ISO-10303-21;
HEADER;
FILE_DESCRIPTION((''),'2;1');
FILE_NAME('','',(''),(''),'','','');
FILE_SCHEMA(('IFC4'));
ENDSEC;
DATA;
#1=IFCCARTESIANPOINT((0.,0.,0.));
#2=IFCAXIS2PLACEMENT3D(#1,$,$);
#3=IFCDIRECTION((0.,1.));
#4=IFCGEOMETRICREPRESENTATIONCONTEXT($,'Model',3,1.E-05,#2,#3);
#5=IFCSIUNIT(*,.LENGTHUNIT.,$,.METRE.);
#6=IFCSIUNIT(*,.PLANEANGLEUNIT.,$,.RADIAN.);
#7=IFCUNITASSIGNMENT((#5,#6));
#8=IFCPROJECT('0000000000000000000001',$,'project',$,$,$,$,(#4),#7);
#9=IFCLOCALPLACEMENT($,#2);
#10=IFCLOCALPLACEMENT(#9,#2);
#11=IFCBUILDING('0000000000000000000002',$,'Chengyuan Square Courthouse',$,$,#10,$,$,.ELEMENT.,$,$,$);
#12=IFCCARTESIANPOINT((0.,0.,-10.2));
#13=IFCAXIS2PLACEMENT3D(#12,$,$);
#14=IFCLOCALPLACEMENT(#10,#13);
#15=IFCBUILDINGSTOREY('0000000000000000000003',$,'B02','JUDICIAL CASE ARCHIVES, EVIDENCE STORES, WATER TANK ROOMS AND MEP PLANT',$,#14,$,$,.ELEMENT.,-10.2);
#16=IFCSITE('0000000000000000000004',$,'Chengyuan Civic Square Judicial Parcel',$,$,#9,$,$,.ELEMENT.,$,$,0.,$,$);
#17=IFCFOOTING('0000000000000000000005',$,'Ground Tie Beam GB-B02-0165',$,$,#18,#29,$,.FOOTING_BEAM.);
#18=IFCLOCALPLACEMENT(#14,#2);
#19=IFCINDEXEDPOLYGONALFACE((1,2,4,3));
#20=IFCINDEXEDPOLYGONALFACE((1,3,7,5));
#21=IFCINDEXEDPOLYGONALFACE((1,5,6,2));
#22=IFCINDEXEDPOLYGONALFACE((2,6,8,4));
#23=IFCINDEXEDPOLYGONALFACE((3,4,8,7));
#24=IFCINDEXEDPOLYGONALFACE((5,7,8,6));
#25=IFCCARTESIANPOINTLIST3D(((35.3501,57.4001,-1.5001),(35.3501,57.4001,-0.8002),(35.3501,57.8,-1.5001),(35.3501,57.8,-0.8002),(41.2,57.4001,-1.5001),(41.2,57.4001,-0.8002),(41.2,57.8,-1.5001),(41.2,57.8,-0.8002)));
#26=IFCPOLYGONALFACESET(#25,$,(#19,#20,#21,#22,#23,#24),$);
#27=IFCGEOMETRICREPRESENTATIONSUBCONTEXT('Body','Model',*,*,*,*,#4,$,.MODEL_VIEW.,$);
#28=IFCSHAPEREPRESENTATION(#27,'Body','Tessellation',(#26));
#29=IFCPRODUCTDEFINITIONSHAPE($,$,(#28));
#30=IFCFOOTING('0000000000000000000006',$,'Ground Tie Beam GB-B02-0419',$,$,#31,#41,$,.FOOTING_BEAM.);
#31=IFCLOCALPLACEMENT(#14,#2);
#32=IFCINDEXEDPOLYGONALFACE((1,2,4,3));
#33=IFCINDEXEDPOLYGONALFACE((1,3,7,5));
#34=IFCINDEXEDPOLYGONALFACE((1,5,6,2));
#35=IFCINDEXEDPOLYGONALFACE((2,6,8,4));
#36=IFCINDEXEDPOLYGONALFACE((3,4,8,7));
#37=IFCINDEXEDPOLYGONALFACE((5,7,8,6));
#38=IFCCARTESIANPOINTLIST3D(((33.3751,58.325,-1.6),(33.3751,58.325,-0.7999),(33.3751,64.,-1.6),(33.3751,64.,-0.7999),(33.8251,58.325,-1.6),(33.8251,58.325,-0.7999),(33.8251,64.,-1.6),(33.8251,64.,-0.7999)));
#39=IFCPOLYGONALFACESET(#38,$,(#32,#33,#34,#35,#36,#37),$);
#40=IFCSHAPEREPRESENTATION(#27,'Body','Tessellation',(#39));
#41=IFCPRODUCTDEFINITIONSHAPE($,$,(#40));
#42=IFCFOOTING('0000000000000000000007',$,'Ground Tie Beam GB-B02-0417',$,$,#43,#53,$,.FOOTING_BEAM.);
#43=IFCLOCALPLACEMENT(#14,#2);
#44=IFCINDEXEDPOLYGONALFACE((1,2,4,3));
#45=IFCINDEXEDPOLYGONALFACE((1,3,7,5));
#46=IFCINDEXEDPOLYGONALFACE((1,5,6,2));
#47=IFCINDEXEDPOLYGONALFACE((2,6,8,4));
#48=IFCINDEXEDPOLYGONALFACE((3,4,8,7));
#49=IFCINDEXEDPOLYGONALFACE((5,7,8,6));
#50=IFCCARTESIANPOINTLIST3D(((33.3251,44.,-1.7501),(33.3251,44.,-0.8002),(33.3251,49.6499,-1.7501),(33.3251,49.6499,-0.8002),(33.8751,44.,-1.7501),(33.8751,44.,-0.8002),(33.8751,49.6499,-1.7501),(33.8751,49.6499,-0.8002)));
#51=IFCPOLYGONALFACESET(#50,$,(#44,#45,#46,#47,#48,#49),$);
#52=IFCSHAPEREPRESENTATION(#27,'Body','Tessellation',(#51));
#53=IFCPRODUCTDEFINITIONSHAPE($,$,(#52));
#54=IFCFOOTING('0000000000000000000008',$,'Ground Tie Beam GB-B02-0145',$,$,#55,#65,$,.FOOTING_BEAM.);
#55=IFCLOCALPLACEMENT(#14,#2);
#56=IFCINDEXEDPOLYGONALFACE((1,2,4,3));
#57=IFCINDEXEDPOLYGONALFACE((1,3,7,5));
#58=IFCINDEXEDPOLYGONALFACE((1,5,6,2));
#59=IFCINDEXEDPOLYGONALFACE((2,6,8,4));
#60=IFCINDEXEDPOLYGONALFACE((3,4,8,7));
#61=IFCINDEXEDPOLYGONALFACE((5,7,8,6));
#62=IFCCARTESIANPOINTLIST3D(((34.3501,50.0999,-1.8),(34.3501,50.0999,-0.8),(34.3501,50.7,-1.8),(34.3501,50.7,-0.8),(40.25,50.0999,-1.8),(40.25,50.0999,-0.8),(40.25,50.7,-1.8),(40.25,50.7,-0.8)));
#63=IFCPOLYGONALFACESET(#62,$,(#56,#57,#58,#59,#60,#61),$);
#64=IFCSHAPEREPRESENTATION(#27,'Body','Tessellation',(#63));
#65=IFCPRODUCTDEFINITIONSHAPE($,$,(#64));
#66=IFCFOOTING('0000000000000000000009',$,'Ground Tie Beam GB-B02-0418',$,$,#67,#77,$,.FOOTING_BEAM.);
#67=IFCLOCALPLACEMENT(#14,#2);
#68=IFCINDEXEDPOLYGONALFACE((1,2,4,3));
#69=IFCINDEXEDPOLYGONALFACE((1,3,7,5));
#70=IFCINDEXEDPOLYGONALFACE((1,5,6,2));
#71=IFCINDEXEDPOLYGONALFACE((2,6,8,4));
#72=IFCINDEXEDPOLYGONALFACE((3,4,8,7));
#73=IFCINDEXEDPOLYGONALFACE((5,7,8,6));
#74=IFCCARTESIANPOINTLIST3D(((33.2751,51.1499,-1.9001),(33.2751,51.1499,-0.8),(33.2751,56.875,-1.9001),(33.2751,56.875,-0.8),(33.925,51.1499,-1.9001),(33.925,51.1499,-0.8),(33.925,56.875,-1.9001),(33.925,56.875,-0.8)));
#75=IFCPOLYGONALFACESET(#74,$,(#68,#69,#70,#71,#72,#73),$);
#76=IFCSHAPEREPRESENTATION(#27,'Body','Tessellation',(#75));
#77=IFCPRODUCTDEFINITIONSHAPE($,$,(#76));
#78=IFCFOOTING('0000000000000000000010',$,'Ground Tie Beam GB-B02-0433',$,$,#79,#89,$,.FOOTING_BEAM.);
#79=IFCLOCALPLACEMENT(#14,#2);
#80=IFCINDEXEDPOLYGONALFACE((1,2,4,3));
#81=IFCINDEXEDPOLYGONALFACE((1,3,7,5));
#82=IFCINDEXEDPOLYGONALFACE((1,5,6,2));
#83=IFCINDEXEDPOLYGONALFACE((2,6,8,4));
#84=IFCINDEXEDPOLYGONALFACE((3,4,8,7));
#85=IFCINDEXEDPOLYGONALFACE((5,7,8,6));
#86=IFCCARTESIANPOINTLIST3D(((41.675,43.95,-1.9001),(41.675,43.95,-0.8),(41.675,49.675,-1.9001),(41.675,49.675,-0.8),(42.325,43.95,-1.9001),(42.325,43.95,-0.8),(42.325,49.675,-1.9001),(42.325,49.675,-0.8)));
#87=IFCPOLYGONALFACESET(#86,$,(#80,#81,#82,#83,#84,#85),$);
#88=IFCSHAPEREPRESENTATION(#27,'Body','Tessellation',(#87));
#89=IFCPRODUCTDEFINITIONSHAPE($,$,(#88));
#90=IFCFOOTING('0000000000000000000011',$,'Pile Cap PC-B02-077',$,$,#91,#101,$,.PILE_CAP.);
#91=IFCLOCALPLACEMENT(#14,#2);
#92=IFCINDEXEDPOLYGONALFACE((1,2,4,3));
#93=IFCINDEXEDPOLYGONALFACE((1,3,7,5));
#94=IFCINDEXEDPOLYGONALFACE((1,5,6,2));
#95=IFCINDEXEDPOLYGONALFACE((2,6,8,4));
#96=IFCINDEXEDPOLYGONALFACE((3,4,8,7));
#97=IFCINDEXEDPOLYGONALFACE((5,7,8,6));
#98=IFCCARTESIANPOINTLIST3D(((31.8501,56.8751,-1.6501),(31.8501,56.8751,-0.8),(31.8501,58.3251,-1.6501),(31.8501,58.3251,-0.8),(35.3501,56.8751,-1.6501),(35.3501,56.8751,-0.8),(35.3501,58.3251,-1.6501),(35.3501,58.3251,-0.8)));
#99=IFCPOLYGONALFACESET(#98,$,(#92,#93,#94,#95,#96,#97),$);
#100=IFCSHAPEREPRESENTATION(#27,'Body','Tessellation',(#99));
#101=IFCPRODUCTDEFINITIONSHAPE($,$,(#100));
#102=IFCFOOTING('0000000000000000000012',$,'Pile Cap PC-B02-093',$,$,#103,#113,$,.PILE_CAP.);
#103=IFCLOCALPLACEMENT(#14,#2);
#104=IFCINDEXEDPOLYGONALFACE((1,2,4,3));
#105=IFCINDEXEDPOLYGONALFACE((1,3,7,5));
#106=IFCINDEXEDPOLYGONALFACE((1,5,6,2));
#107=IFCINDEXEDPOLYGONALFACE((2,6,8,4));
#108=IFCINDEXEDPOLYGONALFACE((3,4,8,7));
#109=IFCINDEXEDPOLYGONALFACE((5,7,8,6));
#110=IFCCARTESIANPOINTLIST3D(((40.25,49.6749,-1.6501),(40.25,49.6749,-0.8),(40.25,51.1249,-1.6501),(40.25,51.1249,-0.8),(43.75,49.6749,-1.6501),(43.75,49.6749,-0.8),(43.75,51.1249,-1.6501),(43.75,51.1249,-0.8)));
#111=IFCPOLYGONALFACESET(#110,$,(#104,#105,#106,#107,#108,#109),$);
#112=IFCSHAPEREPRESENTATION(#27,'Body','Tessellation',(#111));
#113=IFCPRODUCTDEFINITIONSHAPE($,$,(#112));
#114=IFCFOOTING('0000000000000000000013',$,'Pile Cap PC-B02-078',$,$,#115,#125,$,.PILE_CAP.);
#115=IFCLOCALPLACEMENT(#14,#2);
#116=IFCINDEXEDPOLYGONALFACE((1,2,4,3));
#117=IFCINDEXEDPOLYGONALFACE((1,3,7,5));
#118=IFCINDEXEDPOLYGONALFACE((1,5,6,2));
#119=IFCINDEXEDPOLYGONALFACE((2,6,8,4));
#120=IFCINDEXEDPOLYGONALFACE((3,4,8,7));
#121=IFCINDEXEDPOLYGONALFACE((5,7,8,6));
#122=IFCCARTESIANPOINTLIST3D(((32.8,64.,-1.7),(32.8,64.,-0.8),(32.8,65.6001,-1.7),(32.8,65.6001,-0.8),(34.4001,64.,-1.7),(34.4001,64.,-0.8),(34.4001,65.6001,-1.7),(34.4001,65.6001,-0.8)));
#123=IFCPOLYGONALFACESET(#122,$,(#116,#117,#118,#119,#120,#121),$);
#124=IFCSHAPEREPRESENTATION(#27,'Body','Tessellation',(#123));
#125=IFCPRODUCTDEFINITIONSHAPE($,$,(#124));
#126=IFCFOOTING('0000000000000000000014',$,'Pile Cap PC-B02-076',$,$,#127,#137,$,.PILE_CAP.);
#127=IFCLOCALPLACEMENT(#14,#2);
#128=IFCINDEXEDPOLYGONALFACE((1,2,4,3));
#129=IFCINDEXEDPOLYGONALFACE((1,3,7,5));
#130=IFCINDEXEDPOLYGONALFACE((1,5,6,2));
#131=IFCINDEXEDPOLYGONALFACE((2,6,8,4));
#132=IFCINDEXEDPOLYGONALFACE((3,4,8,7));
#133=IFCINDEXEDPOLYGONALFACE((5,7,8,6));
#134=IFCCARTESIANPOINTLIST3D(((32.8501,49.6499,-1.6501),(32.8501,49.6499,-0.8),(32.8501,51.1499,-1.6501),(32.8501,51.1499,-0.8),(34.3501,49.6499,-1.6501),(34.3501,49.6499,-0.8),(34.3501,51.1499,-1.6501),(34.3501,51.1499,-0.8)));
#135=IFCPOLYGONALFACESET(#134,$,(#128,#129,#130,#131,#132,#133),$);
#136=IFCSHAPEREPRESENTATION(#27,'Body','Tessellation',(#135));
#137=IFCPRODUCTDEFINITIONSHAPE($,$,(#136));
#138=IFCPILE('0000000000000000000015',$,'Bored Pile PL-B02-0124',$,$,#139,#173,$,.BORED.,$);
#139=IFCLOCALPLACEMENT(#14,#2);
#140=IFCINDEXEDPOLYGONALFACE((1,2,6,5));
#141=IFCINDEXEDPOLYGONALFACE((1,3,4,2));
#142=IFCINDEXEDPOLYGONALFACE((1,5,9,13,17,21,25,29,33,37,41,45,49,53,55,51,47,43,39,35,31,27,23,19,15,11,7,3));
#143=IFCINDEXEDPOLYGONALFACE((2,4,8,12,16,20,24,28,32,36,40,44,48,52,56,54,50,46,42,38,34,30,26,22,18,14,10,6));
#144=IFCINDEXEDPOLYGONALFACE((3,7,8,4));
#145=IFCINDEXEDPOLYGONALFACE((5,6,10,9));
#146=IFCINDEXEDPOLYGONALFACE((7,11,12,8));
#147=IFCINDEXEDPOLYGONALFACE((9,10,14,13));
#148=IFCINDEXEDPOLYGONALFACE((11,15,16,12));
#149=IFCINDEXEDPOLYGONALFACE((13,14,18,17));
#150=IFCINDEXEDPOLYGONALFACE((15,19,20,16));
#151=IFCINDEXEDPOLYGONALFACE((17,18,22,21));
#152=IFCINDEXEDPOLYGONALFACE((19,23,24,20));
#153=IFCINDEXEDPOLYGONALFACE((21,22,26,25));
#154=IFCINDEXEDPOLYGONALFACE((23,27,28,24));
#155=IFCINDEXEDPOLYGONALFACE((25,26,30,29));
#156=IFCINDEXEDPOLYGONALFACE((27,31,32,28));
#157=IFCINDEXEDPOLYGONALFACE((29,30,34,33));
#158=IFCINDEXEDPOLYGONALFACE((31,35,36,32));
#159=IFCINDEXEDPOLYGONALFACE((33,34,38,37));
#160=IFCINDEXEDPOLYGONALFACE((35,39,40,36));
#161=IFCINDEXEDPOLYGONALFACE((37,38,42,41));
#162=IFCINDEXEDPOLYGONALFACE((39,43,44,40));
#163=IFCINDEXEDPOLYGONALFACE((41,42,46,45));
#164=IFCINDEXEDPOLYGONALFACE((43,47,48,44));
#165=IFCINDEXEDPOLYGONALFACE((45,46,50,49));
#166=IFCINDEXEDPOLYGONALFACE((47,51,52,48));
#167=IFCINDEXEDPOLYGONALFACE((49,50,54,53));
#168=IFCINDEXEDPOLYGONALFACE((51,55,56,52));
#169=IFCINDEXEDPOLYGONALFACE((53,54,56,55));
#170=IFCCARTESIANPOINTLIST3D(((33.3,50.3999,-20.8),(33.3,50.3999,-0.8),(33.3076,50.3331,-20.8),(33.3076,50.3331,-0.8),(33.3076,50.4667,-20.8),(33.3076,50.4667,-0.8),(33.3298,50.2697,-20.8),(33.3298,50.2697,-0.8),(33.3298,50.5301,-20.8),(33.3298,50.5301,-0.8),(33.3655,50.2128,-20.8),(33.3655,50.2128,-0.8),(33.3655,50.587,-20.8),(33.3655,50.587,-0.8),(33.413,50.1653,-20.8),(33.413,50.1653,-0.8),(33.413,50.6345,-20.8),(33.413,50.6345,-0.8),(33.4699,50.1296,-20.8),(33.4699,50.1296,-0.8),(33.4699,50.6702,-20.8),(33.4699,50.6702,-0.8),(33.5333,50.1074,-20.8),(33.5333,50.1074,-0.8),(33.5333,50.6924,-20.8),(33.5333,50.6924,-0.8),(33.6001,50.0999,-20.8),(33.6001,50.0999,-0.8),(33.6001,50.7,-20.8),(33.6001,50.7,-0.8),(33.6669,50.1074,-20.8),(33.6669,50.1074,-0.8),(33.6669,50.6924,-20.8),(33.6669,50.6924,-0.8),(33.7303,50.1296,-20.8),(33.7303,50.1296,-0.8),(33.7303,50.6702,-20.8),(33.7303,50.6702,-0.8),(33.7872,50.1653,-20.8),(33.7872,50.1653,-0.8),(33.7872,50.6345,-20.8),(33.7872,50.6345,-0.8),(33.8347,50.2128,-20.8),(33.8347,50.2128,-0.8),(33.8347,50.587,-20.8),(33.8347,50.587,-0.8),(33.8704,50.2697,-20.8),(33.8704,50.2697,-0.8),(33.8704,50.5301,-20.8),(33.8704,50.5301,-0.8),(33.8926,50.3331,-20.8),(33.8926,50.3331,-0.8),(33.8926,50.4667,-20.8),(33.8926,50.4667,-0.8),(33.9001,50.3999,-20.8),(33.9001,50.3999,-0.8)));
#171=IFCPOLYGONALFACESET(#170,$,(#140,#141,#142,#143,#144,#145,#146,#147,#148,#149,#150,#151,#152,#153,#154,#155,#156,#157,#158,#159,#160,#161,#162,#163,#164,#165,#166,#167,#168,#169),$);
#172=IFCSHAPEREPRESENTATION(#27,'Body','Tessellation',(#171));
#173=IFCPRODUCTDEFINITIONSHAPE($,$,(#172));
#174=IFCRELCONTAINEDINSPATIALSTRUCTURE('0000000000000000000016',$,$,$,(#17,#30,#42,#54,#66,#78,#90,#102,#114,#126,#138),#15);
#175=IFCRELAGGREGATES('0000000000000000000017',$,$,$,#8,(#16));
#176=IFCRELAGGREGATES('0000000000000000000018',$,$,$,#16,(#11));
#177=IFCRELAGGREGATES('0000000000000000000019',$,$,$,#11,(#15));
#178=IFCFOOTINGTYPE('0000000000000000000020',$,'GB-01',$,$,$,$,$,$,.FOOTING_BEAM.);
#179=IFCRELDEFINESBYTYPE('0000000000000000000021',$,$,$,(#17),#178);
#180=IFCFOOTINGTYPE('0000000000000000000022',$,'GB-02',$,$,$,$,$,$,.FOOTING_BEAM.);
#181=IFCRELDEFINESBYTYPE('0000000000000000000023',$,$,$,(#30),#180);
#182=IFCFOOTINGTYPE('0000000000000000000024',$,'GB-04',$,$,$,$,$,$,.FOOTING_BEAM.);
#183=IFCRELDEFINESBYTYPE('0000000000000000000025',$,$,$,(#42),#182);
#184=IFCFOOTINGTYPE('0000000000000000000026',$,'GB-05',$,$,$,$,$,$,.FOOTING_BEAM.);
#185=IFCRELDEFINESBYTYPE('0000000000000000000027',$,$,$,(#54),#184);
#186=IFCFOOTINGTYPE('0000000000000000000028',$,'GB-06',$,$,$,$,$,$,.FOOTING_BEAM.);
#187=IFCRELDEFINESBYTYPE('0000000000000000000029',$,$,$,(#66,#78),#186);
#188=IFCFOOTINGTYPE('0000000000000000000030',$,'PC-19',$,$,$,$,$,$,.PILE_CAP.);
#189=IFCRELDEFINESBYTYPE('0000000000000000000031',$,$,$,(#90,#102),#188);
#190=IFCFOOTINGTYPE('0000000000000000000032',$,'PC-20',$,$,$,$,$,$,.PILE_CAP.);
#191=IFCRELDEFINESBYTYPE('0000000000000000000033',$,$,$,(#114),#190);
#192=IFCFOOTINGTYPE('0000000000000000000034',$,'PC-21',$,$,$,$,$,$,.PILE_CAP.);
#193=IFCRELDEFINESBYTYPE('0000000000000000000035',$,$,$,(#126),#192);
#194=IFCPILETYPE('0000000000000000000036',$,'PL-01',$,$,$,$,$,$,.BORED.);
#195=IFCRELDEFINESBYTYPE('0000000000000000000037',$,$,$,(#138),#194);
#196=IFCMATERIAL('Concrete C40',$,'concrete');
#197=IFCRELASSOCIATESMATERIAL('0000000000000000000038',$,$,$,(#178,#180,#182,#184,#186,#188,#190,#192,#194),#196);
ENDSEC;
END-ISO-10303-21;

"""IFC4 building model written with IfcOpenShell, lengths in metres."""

from ifc_helpers import new_model, si_unit, direction, frame, origin, origin_2d, place, context, subcontext, project, spatial, rectangle, circle, extrude, material, material_profile, profile_set, type_object, element, save


model = new_model("IFC4")

# Units and contexts
model_context = context("Model", 3, precision=1e-05, world=origin(), true_north=direction((0.0, 1.0)))
body_context = subcontext(model_context, "Body", "Model", "MODEL_VIEW")
ifc_project = project(units=[si_unit("LENGTHUNIT", "METRE"), si_unit("PLANEANGLEUNIT", "RADIAN")], contexts=[model_context])

# Site, building, storey
site_placement = place(None, origin())
site = spatial("IfcSite", under=ifc_project, at=site_placement, Name="Chengyuan Civic Square Judicial Parcel", CompositionType="ELEMENT", RefElevation=0.0)
building_placement = place(site_placement, origin())
building = spatial("IfcBuilding", under=site, at=building_placement, Name="Chengyuan Square Courthouse", CompositionType="ELEMENT")
storey_placement = place(building_placement, frame((0.0, 0.0, -10.2)))
storey = spatial("IfcBuildingStorey", under=building, at=storey_placement, Name="B02", Description="JUDICIAL CASE ARCHIVES, EVIDENCE STORES, WATER TANK ROOMS AND MEP PLANT", CompositionType="ELEMENT", Elevation=-10.2)

# Footings
ifc_material_1 = material(Name="Concrete C40", Category="concrete")
ifc_material_profile_1 = material_profile(ifc_material_1, rectangle(XDim=0.3999, YDim=0.7, at=origin_2d()), Name="GB-400x700")
ifc_profile_set_1 = profile_set([ifc_material_profile_1], Name="Concrete C40")
footing_type_1 = type_object("IfcFootingType", Name="GB-01", PredefinedType="FOOTING_BEAM", material=ifc_profile_set_1)
footing_1_placement = place(storey_placement, frame((35.3501, 57.6001, -1.1501), z_axis=(1.0, 0.0, 0.0), x_axis=(0.0, 1.0, 0.0)))
element("IfcFooting", 1, at=footing_1_placement, inside=storey, type_object=footing_type_1, Name="Ground Tie Beam GB-B02-0165", PredefinedType="FOOTING_BEAM", context=body_context, shape_type="SweptSolid", body=[
    extrude(rectangle(XDim=0.3999, YDim=0.7, at=origin_2d()), origin(), (0.0, 0.0, 1.0), 5.8499),
])
ifc_material_profile_2 = material_profile(ifc_material_1, rectangle(XDim=0.45, YDim=0.8, at=origin_2d()), Name="GB-450x800")
ifc_profile_set_2 = profile_set([ifc_material_profile_2], Name="Concrete C40")
footing_type_2 = type_object("IfcFootingType", Name="GB-02", PredefinedType="FOOTING_BEAM", material=ifc_profile_set_2)
footing_2_placement = place(storey_placement, frame((33.6001, 58.325, -1.2), z_axis=(0.0, 1.0, 0.0), x_axis=(-1.0, 0.0, 0.0)))
element("IfcFooting", 2, at=footing_2_placement, inside=storey, type_object=footing_type_2, Name="Ground Tie Beam GB-B02-0419", PredefinedType="FOOTING_BEAM", context=body_context, shape_type="SweptSolid", body=[
    extrude(rectangle(XDim=0.45, YDim=0.8, at=origin_2d()), origin(), (0.0, 0.0, 1.0), 5.675),
])
ifc_material_profile_3 = material_profile(ifc_material_1, rectangle(XDim=0.55, YDim=0.95, at=origin_2d()), Name="GB-550x950")
ifc_profile_set_3 = profile_set([ifc_material_profile_3], Name="Concrete C40")
footing_type_3 = type_object("IfcFootingType", Name="GB-04", PredefinedType="FOOTING_BEAM", material=ifc_profile_set_3)
footing_3_placement = place(storey_placement, frame((33.6001, 44.0, -1.2751), z_axis=(0.0, 1.0, 0.0), x_axis=(-1.0, 0.0, 0.0)))
element("IfcFooting", 3, at=footing_3_placement, inside=storey, type_object=footing_type_3, Name="Ground Tie Beam GB-B02-0417", PredefinedType="FOOTING_BEAM", context=body_context, shape_type="SweptSolid", body=[
    extrude(rectangle(XDim=0.55, YDim=0.95, at=origin_2d()), origin(), (0.0, 0.0, 1.0), 5.6499),
])
ifc_material_profile_4 = material_profile(ifc_material_1, rectangle(XDim=0.6001, YDim=1.0, at=origin_2d()), Name="GB-600x1000")
ifc_profile_set_4 = profile_set([ifc_material_profile_4], Name="Concrete C40")
footing_type_4 = type_object("IfcFootingType", Name="GB-05", PredefinedType="FOOTING_BEAM", material=ifc_profile_set_4)
footing_4_placement = place(storey_placement, frame((34.3501, 50.3999, -1.3), z_axis=(1.0, 0.0, 0.0), x_axis=(0.0, 1.0, 0.0)))
element("IfcFooting", 4, at=footing_4_placement, inside=storey, type_object=footing_type_4, Name="Ground Tie Beam GB-B02-0145", PredefinedType="FOOTING_BEAM", context=body_context, shape_type="SweptSolid", body=[
    extrude(rectangle(XDim=0.6001, YDim=1.0, at=origin_2d()), origin(), (0.0, 0.0, 1.0), 5.8999),
])
ifc_material_profile_5 = material_profile(ifc_material_1, rectangle(XDim=0.6499, YDim=1.1001, at=origin_2d()), Name="GB-650x1100")
ifc_profile_set_5 = profile_set([ifc_material_profile_5], Name="Concrete C40")
footing_type_5 = type_object("IfcFootingType", Name="GB-06", PredefinedType="FOOTING_BEAM", material=ifc_profile_set_5)
for number, where, z_axis, x_axis, name in (
    (5, (33.6001, 51.1499, -1.3501), (0.0, 1.0, 0.0), (-1.0, 0.0, 0.0), "Ground Tie Beam GB-B02-0418"),
    (6, (42.0, 43.95, -1.3501), (0.0, 1.0, 0.0), (-1.0, 0.0, 0.0), "Ground Tie Beam GB-B02-0433"),
):
    element("IfcFooting", number, at=place(storey_placement, frame(where, z_axis=z_axis, x_axis=x_axis)), inside=storey, type_object=footing_type_5, Name=name, PredefinedType="FOOTING_BEAM", context=body_context, shape_type="SweptSolid", body=[
        extrude(rectangle(XDim=0.6499, YDim=1.1001, at=origin_2d()), origin(), (0.0, 0.0, 1.0), 5.7251),
    ])
footing_type_6 = type_object("IfcFootingType", Name="PC-19", PredefinedType="PILE_CAP", material=ifc_material_1)
for number, where, z_axis, x_axis, name in (
    (7, (33.6001, 57.6001, -1.6501), (0.0, 0.0, 1.0), (1.0, 0.0, 0.0), "Pile Cap PC-B02-077"),
    (8, (42.0, 50.3999, -1.6501), (0.0, 0.0, 1.0), (1.0, 0.0, 0.0), "Pile Cap PC-B02-093"),
):
    element("IfcFooting", number, at=place(storey_placement, frame(where, z_axis=z_axis, x_axis=x_axis)), inside=storey, type_object=footing_type_6, Name=name, PredefinedType="PILE_CAP", context=body_context, shape_type="SweptSolid", body=[
        extrude(rectangle(XDim=3.5, YDim=1.45, at=origin_2d()), origin(), (0.0, 0.0, 1.0), 0.8501),
    ])
footing_type_7 = type_object("IfcFootingType", Name="PC-20", PredefinedType="PILE_CAP", material=ifc_material_1)
footing_5_placement = place(storey_placement, frame((33.6001, 64.8, -1.7), z_axis=(0.0, 0.0, 1.0), x_axis=(1.0, 0.0, 0.0)))
element("IfcFooting", 9, at=footing_5_placement, inside=storey, type_object=footing_type_7, Name="Pile Cap PC-B02-078", PredefinedType="PILE_CAP", context=body_context, shape_type="SweptSolid", body=[
    extrude(rectangle(XDim=1.6001, YDim=1.6001, at=origin_2d()), origin(), (0.0, 0.0, 1.0), 0.8999),
])
footing_type_8 = type_object("IfcFootingType", Name="PC-21", PredefinedType="PILE_CAP", material=ifc_material_1)
footing_6_placement = place(storey_placement, frame((33.6001, 50.3999, -1.6501), z_axis=(0.0, 0.0, 1.0), x_axis=(1.0, 0.0, 0.0)))
element("IfcFooting", 10, at=footing_6_placement, inside=storey, type_object=footing_type_8, Name="Pile Cap PC-B02-076", PredefinedType="PILE_CAP", context=body_context, shape_type="SweptSolid", body=[
    extrude(rectangle(XDim=1.5, YDim=1.5, at=origin_2d()), origin(), (0.0, 0.0, 1.0), 0.8501),
])

# Pile
ifc_material_profile_6 = material_profile(ifc_material_1, circle(Radius=0.3, at=origin_2d()), Name="BORED PILE D600")
ifc_profile_set_6 = profile_set([ifc_material_profile_6], Name="Concrete C40")
pile_type_1 = type_object("IfcPileType", Name="PL-01", PredefinedType="BORED", material=ifc_profile_set_6)
pile_placement = place(storey_placement, frame((33.6001, 50.3999, -0.8), z_axis=(0.0, 0.0, -1.0), x_axis=(1.0, 0.0, 0.0)))
element("IfcPile", 11, at=pile_placement, inside=storey, type_object=pile_type_1, Name="Bored Pile PL-B02-0124", PredefinedType="BORED", context=body_context, shape_type="SweptSolid", body=[
    extrude(circle(Radius=0.3, at=origin_2d()), origin(), (0.0, 0.0, 1.0), 20.0),
])

save(model, "model.ifc")
